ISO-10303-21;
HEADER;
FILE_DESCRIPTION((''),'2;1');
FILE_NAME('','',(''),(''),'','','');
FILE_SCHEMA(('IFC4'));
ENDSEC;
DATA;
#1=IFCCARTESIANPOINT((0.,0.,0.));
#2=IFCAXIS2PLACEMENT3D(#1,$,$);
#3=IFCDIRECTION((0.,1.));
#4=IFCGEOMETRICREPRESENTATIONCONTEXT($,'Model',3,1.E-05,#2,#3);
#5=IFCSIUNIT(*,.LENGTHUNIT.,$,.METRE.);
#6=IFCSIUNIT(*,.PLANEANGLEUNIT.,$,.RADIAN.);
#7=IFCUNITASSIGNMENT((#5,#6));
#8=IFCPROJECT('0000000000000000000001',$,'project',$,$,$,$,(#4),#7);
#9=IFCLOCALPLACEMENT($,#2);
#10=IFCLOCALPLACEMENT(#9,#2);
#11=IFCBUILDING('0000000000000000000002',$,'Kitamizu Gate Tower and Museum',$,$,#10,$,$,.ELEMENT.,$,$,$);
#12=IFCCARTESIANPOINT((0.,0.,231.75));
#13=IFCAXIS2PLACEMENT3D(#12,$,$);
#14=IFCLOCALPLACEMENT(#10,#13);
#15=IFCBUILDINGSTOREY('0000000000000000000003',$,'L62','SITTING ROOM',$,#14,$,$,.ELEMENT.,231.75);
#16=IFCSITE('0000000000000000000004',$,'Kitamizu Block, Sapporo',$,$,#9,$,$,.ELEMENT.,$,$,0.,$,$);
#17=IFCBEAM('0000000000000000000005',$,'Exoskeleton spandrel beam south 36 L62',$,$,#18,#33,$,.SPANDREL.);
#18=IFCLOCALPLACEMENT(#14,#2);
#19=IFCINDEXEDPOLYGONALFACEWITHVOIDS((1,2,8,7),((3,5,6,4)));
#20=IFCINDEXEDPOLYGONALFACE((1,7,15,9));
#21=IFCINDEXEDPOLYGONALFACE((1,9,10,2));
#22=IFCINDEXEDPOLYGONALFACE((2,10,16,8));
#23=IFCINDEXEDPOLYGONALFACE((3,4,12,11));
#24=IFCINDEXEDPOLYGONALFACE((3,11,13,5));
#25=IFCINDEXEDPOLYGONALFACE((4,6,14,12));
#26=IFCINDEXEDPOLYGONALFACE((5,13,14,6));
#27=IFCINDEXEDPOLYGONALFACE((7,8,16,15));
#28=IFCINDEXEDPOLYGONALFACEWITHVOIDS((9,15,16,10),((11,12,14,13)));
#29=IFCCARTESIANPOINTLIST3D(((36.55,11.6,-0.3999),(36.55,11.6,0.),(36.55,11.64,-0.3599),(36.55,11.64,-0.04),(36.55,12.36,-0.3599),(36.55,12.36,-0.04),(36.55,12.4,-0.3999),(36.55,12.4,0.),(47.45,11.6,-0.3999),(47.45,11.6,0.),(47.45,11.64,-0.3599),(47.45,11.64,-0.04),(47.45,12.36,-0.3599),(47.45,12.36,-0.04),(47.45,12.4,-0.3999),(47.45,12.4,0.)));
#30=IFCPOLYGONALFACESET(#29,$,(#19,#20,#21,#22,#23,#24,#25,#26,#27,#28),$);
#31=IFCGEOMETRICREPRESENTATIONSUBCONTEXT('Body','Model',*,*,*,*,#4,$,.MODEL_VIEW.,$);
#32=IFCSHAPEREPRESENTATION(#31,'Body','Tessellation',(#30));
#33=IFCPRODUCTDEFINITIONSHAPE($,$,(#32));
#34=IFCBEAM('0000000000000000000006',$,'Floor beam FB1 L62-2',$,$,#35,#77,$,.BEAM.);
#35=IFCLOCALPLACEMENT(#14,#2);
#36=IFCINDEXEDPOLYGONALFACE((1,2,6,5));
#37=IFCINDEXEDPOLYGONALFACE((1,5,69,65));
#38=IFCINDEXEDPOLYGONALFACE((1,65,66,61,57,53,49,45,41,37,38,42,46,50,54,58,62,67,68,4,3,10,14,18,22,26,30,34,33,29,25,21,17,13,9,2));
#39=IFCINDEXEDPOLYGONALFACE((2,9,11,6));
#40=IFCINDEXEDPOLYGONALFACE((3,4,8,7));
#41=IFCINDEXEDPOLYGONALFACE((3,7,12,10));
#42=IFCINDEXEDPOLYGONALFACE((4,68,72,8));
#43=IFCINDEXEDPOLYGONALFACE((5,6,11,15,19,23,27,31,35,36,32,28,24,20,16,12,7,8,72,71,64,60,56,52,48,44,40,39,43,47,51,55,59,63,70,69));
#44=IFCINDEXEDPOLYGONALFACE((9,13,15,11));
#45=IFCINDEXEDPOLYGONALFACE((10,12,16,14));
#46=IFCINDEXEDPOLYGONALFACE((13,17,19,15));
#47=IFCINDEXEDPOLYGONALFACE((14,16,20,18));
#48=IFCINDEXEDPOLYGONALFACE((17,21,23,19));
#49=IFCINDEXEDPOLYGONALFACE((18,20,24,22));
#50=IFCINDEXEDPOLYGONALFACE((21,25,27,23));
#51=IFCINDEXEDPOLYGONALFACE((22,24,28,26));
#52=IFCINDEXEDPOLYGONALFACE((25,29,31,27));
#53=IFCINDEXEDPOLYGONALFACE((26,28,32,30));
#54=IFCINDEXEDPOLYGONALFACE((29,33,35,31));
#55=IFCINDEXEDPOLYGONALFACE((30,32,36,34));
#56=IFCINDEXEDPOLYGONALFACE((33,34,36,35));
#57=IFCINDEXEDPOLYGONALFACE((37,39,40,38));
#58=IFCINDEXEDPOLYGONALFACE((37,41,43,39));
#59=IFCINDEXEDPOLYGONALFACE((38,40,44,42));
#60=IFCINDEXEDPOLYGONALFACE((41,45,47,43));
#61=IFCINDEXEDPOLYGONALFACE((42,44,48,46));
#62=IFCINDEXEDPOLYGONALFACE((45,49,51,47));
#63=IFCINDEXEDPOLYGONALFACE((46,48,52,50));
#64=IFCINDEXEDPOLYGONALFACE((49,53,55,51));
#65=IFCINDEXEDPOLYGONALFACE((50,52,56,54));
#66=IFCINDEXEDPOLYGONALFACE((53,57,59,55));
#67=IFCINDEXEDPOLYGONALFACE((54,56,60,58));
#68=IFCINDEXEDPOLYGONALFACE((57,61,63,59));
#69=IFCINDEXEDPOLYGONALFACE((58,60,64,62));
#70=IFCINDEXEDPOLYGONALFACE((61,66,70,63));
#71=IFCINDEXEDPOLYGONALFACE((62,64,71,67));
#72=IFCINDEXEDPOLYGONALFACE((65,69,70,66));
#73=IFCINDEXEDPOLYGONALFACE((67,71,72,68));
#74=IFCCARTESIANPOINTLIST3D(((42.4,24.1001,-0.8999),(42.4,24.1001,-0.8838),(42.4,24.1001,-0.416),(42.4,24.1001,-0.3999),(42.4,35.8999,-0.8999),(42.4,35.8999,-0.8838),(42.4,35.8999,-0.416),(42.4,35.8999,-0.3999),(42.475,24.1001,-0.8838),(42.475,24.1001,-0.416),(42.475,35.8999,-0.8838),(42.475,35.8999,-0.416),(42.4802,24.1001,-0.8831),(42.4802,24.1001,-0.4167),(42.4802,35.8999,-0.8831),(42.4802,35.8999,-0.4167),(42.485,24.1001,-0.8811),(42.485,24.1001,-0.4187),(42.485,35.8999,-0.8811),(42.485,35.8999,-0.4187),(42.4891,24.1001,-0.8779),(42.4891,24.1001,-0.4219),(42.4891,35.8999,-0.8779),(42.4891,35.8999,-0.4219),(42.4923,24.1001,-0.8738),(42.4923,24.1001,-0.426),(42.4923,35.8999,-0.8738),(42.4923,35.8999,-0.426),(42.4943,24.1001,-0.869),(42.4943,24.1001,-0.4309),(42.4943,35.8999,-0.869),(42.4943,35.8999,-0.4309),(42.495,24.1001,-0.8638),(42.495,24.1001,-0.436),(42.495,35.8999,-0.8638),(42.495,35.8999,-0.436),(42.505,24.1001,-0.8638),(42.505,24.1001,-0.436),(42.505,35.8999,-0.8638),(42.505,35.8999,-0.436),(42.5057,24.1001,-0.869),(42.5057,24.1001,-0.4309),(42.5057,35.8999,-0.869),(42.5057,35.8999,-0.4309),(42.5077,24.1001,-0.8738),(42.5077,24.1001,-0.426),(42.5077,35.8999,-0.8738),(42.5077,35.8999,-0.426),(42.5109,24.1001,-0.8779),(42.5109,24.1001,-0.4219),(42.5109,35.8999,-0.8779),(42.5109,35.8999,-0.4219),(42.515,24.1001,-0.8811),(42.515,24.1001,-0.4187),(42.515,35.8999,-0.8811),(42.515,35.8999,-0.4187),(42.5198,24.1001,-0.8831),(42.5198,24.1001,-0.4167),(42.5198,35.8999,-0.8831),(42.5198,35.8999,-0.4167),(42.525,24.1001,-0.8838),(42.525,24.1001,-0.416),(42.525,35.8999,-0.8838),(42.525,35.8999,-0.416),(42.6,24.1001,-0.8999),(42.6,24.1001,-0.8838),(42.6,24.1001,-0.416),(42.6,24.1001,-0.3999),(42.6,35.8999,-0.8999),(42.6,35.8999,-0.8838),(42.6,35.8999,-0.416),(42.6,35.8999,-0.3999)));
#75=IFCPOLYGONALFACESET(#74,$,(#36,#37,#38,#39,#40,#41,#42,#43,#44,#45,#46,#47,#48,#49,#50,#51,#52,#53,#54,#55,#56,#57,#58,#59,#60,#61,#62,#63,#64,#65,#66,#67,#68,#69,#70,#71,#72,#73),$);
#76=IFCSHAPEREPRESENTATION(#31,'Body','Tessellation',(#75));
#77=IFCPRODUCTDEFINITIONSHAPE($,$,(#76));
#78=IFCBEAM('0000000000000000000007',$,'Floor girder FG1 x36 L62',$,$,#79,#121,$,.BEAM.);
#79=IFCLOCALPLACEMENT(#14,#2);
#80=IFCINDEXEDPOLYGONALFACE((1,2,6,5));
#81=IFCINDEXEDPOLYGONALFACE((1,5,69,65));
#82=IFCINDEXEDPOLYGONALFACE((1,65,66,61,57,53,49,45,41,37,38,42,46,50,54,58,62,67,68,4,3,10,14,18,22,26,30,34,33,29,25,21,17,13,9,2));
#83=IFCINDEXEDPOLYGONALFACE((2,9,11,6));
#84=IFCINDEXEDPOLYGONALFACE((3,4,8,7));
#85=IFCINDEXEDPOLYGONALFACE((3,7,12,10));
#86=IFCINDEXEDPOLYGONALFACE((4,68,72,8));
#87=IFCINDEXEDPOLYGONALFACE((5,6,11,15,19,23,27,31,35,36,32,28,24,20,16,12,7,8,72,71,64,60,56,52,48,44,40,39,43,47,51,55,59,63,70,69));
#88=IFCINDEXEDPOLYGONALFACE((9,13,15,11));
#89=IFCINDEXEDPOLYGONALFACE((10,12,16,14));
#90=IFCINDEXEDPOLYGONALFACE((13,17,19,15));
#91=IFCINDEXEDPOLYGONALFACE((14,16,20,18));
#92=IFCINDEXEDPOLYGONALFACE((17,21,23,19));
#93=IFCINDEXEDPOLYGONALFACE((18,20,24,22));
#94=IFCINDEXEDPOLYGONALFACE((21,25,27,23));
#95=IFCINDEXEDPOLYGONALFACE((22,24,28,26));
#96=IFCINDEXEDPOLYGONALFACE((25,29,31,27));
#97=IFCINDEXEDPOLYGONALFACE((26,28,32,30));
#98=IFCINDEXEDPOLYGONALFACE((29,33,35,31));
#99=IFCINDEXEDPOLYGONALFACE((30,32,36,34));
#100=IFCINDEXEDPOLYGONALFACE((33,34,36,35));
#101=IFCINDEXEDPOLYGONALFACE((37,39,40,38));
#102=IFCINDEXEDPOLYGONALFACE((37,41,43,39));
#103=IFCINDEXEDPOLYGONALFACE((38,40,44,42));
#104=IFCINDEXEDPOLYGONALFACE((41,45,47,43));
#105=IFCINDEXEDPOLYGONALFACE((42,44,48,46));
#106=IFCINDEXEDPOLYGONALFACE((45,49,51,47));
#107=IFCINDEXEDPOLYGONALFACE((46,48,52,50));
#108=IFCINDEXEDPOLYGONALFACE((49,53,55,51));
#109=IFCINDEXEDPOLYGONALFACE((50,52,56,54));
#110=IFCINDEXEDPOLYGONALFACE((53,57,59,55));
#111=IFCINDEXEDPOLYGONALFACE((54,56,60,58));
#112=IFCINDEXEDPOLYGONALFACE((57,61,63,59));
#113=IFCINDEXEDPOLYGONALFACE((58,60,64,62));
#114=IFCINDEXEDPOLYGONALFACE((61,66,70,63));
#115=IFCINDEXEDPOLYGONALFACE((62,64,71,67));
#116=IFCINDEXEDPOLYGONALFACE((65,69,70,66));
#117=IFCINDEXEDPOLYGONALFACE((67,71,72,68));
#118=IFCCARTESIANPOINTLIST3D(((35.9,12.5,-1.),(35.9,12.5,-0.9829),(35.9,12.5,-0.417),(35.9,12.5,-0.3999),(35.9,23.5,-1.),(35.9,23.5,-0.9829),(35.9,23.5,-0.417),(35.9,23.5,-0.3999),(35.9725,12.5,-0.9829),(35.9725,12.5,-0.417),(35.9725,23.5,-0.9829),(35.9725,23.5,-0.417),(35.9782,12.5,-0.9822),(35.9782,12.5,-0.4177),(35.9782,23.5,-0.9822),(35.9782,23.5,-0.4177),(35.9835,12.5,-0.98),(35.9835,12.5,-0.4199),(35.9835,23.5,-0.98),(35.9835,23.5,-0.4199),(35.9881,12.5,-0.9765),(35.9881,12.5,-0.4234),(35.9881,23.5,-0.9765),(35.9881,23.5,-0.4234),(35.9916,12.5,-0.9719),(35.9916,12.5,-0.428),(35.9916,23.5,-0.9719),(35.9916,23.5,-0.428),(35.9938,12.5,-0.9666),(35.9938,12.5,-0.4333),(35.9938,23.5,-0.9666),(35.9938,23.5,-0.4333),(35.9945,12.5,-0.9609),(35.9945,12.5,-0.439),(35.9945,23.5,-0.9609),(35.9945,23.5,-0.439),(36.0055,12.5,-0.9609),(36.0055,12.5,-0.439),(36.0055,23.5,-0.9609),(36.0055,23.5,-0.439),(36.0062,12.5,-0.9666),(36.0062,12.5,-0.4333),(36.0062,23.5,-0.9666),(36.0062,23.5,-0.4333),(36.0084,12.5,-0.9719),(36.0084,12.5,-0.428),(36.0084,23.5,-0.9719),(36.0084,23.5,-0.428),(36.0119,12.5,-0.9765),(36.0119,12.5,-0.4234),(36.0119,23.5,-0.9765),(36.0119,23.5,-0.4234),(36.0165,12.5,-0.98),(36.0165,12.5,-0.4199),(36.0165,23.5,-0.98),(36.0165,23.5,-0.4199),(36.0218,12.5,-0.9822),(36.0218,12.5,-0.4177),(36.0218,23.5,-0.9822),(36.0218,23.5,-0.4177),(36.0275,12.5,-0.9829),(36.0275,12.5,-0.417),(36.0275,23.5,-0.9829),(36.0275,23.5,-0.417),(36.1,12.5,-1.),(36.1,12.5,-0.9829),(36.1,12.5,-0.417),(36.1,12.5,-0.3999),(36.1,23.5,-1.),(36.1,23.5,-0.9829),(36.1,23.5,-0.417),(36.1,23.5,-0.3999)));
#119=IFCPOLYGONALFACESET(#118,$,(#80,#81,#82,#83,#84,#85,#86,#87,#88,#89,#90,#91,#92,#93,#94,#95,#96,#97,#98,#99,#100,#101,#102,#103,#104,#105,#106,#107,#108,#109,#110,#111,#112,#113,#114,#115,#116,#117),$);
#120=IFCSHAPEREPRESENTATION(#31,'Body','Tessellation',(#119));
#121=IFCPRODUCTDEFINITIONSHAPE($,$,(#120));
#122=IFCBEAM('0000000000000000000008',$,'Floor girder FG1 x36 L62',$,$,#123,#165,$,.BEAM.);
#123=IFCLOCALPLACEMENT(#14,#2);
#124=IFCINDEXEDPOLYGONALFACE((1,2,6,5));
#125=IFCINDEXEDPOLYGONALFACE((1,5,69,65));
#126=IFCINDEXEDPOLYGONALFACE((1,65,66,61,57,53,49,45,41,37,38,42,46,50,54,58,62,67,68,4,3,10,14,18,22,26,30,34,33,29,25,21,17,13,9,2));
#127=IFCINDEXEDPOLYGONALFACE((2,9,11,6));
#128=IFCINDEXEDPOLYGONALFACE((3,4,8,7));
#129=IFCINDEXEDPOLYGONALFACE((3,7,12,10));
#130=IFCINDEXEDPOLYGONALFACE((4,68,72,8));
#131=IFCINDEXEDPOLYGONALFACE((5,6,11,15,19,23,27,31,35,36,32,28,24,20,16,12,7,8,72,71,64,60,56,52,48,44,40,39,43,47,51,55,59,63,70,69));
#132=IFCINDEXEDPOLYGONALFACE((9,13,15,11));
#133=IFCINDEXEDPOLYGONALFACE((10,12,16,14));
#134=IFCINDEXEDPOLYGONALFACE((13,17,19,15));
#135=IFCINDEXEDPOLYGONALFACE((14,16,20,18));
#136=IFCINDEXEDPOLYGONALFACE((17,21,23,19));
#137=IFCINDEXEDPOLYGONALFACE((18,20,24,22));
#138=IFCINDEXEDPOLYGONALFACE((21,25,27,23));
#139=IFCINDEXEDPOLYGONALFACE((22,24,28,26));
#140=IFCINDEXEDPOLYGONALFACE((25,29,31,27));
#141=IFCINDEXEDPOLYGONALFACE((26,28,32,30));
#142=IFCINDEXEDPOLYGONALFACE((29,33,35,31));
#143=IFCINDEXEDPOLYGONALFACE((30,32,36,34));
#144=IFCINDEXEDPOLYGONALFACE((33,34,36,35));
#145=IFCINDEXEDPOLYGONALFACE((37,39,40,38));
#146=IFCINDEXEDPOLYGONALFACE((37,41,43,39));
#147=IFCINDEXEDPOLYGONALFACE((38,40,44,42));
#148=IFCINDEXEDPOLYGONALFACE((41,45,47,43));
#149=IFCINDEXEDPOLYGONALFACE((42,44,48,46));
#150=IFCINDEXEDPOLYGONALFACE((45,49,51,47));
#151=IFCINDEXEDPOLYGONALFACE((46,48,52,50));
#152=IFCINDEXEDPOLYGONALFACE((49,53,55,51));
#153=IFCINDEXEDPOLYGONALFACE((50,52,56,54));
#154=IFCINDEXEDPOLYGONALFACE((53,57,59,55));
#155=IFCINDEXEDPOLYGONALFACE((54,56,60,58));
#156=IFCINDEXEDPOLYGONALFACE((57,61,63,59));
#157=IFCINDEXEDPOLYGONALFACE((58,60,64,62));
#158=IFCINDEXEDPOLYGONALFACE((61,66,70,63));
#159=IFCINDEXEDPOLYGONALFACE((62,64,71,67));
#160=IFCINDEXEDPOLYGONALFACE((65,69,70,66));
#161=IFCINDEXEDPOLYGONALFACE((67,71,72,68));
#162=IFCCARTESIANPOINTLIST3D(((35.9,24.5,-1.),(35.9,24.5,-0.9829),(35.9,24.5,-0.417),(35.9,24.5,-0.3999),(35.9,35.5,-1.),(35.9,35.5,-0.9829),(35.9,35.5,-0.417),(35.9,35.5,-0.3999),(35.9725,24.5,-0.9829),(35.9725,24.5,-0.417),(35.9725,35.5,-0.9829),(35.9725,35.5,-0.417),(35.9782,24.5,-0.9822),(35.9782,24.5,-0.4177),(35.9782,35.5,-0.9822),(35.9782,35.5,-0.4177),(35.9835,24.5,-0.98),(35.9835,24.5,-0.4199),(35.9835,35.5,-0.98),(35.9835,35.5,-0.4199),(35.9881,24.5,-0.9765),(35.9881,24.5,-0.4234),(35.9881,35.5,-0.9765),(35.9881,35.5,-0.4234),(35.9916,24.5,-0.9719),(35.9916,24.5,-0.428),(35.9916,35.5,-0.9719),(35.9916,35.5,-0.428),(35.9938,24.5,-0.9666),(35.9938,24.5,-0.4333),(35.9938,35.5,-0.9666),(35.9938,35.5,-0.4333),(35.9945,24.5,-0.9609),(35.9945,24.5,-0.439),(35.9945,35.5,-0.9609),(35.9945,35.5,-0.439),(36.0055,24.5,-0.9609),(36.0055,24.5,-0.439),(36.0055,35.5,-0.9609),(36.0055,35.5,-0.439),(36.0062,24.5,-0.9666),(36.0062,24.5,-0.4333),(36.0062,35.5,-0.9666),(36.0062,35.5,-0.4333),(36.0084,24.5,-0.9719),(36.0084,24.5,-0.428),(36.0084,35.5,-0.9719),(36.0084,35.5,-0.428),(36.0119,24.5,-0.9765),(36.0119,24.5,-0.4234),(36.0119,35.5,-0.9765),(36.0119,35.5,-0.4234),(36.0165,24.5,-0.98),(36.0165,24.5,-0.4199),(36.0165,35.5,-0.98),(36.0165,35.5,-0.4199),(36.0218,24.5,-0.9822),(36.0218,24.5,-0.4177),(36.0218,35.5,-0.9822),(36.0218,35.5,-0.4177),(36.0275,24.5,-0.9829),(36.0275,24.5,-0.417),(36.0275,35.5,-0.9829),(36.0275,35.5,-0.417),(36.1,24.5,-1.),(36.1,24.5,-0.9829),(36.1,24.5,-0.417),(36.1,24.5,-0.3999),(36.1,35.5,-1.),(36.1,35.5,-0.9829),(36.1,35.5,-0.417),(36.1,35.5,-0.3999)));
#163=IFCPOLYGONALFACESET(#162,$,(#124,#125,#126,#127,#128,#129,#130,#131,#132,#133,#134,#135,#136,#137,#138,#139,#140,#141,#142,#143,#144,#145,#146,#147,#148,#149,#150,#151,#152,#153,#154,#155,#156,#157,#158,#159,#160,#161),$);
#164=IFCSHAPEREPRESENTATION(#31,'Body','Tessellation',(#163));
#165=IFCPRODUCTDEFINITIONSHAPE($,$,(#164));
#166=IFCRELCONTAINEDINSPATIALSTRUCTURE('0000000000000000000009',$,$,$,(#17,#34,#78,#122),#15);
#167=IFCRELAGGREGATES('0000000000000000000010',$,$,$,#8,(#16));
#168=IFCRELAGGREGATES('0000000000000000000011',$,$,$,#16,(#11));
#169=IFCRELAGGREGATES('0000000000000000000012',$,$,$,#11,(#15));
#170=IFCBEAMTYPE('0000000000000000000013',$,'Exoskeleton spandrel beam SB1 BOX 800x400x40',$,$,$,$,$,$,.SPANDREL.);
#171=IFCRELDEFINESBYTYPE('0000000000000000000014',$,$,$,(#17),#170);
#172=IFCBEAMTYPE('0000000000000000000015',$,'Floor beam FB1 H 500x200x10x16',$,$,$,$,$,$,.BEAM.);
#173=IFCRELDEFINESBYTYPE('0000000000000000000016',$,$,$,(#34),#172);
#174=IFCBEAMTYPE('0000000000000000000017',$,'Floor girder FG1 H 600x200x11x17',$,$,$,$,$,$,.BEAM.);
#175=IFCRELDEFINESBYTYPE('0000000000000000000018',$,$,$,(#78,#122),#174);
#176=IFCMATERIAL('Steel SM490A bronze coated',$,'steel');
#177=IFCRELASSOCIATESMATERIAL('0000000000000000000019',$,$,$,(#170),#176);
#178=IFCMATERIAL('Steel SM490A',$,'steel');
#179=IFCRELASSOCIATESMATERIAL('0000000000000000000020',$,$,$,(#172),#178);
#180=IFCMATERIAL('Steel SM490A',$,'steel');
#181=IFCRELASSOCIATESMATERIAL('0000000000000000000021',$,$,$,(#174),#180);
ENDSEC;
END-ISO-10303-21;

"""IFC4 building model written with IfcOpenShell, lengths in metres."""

from ifc_helpers import new_model, si_unit, direction, frame, origin, origin_2d, place, context, subcontext, project, spatial, hollow_rectangle, i_section, extrude, material, material_profile, profile_set, type_object, element, save


model = new_model("IFC4")

# Units and contexts
model_context = context("Model", 3, precision=1e-05, world=origin(), true_north=direction((0.0, 1.0)))
body_context = subcontext(model_context, "Body", "Model", "MODEL_VIEW")
ifc_project = project(units=[si_unit("LENGTHUNIT", "METRE"), si_unit("PLANEANGLEUNIT", "RADIAN")], contexts=[model_context])

# Site, building, storey
site_placement = place(None, origin())
site = spatial("IfcSite", under=ifc_project, at=site_placement, Name="Kitamizu Block, Sapporo", CompositionType="ELEMENT", RefElevation=0.0)
building_placement = place(site_placement, origin())
building = spatial("IfcBuilding", under=site, at=building_placement, Name="Kitamizu Gate Tower and Museum", CompositionType="ELEMENT")
storey_placement = place(building_placement, frame((0.0, 0.0, 231.75)))
storey = spatial("IfcBuildingStorey", under=building, at=storey_placement, Name="L62", Description="SITTING ROOM", CompositionType="ELEMENT", Elevation=231.75)

# Beams
ifc_material_1 = material(Name="Steel SM490A bronze coated", Category="steel")
ifc_material_profile_1 = material_profile(ifc_material_1, hollow_rectangle(XDim=0.8, YDim=0.3999, WallThickness=0.04, at=origin_2d()), Name="BOX 800x400x40")
ifc_profile_set_1 = profile_set([ifc_material_profile_1], Name="Steel SM490A bronze coated")
beam_type_1 = type_object("IfcBeamType", Name="Exoskeleton spandrel beam SB1 BOX 800x400x40", PredefinedType="SPANDREL", material=ifc_profile_set_1)
beam_1_placement = place(storey_placement, frame((36.55, 12.0, -0.2), z_axis=(1.0, 0.0, 0.0), x_axis=(0.0, 1.0, 0.0)))
element("IfcBeam", 1, at=beam_1_placement, inside=storey, type_object=beam_type_1, Name="Exoskeleton spandrel beam south 36 L62", PredefinedType="SPANDREL", context=body_context, shape_type="SweptSolid", body=[
    extrude(hollow_rectangle(XDim=0.8, YDim=0.3999, WallThickness=0.04, at=origin_2d()), origin(), (0.0, 0.0, 1.0), 10.8999),
])
ifc_material_2 = material(Name="Steel SM490A", Category="steel")
ifc_material_profile_2 = material_profile(ifc_material_2, i_section(OverallWidth=0.2, OverallDepth=0.5, WebThickness=0.01, FlangeThickness=0.0161, FilletRadius=0.02, at=origin_2d()), Name="H-500x200x10x16")
ifc_profile_set_2 = profile_set([ifc_material_profile_2], Name="Steel SM490A")
beam_type_2 = type_object("IfcBeamType", Name="Floor beam FB1 H 500x200x10x16", PredefinedType="BEAM", material=ifc_profile_set_2)
beam_2_placement = place(storey_placement, frame((42.5, 24.1001, -0.6499), z_axis=(0.0, 1.0, 0.0), x_axis=(-1.0, 0.0, 0.0)))
element("IfcBeam", 2, at=beam_2_placement, inside=storey, type_object=beam_type_2, Name="Floor beam FB1 L62-2", PredefinedType="BEAM", context=body_context, shape_type="SweptSolid", body=[
    extrude(i_section(OverallWidth=0.2, OverallDepth=0.5, WebThickness=0.01, FlangeThickness=0.0161, FilletRadius=0.02, at=origin_2d()), origin(), (0.0, 0.0, 1.0), 11.7998),
])
ifc_material_3 = material(Name="Steel SM490A", Category="steel")
ifc_material_profile_3 = material_profile(ifc_material_3, i_section(OverallWidth=0.2, OverallDepth=0.6001, WebThickness=0.011, FlangeThickness=0.0171, FilletRadius=0.022, at=origin_2d()), Name="H-600x200x11x17")
ifc_profile_set_3 = profile_set([ifc_material_profile_3], Name="Steel SM490A")
beam_type_3 = type_object("IfcBeamType", Name="Floor girder FG1 H 600x200x11x17", PredefinedType="BEAM", material=ifc_profile_set_3)
for number, where, z_axis, x_axis, name in (
    (3, (36.0, 12.5, -0.7), (0.0, 1.0, 0.0), (-1.0, 0.0, 0.0), "Floor girder FG1 x36 L62"),
    (4, (36.0, 24.5, -0.7), (0.0, 1.0, 0.0), (-1.0, 0.0, 0.0), "Floor girder FG1 x36 L62"),
):
    element("IfcBeam", number, at=place(storey_placement, frame(where, z_axis=z_axis, x_axis=x_axis)), inside=storey, type_object=beam_type_3, Name=name, PredefinedType="BEAM", context=body_context, shape_type="SweptSolid", body=[
        extrude(i_section(OverallWidth=0.2, OverallDepth=0.6001, WebThickness=0.011, FlangeThickness=0.0171, FilletRadius=0.022, at=origin_2d()), origin(), (0.0, 0.0, 1.0), 11.0),
    ])

save(model, "model.ifc")
